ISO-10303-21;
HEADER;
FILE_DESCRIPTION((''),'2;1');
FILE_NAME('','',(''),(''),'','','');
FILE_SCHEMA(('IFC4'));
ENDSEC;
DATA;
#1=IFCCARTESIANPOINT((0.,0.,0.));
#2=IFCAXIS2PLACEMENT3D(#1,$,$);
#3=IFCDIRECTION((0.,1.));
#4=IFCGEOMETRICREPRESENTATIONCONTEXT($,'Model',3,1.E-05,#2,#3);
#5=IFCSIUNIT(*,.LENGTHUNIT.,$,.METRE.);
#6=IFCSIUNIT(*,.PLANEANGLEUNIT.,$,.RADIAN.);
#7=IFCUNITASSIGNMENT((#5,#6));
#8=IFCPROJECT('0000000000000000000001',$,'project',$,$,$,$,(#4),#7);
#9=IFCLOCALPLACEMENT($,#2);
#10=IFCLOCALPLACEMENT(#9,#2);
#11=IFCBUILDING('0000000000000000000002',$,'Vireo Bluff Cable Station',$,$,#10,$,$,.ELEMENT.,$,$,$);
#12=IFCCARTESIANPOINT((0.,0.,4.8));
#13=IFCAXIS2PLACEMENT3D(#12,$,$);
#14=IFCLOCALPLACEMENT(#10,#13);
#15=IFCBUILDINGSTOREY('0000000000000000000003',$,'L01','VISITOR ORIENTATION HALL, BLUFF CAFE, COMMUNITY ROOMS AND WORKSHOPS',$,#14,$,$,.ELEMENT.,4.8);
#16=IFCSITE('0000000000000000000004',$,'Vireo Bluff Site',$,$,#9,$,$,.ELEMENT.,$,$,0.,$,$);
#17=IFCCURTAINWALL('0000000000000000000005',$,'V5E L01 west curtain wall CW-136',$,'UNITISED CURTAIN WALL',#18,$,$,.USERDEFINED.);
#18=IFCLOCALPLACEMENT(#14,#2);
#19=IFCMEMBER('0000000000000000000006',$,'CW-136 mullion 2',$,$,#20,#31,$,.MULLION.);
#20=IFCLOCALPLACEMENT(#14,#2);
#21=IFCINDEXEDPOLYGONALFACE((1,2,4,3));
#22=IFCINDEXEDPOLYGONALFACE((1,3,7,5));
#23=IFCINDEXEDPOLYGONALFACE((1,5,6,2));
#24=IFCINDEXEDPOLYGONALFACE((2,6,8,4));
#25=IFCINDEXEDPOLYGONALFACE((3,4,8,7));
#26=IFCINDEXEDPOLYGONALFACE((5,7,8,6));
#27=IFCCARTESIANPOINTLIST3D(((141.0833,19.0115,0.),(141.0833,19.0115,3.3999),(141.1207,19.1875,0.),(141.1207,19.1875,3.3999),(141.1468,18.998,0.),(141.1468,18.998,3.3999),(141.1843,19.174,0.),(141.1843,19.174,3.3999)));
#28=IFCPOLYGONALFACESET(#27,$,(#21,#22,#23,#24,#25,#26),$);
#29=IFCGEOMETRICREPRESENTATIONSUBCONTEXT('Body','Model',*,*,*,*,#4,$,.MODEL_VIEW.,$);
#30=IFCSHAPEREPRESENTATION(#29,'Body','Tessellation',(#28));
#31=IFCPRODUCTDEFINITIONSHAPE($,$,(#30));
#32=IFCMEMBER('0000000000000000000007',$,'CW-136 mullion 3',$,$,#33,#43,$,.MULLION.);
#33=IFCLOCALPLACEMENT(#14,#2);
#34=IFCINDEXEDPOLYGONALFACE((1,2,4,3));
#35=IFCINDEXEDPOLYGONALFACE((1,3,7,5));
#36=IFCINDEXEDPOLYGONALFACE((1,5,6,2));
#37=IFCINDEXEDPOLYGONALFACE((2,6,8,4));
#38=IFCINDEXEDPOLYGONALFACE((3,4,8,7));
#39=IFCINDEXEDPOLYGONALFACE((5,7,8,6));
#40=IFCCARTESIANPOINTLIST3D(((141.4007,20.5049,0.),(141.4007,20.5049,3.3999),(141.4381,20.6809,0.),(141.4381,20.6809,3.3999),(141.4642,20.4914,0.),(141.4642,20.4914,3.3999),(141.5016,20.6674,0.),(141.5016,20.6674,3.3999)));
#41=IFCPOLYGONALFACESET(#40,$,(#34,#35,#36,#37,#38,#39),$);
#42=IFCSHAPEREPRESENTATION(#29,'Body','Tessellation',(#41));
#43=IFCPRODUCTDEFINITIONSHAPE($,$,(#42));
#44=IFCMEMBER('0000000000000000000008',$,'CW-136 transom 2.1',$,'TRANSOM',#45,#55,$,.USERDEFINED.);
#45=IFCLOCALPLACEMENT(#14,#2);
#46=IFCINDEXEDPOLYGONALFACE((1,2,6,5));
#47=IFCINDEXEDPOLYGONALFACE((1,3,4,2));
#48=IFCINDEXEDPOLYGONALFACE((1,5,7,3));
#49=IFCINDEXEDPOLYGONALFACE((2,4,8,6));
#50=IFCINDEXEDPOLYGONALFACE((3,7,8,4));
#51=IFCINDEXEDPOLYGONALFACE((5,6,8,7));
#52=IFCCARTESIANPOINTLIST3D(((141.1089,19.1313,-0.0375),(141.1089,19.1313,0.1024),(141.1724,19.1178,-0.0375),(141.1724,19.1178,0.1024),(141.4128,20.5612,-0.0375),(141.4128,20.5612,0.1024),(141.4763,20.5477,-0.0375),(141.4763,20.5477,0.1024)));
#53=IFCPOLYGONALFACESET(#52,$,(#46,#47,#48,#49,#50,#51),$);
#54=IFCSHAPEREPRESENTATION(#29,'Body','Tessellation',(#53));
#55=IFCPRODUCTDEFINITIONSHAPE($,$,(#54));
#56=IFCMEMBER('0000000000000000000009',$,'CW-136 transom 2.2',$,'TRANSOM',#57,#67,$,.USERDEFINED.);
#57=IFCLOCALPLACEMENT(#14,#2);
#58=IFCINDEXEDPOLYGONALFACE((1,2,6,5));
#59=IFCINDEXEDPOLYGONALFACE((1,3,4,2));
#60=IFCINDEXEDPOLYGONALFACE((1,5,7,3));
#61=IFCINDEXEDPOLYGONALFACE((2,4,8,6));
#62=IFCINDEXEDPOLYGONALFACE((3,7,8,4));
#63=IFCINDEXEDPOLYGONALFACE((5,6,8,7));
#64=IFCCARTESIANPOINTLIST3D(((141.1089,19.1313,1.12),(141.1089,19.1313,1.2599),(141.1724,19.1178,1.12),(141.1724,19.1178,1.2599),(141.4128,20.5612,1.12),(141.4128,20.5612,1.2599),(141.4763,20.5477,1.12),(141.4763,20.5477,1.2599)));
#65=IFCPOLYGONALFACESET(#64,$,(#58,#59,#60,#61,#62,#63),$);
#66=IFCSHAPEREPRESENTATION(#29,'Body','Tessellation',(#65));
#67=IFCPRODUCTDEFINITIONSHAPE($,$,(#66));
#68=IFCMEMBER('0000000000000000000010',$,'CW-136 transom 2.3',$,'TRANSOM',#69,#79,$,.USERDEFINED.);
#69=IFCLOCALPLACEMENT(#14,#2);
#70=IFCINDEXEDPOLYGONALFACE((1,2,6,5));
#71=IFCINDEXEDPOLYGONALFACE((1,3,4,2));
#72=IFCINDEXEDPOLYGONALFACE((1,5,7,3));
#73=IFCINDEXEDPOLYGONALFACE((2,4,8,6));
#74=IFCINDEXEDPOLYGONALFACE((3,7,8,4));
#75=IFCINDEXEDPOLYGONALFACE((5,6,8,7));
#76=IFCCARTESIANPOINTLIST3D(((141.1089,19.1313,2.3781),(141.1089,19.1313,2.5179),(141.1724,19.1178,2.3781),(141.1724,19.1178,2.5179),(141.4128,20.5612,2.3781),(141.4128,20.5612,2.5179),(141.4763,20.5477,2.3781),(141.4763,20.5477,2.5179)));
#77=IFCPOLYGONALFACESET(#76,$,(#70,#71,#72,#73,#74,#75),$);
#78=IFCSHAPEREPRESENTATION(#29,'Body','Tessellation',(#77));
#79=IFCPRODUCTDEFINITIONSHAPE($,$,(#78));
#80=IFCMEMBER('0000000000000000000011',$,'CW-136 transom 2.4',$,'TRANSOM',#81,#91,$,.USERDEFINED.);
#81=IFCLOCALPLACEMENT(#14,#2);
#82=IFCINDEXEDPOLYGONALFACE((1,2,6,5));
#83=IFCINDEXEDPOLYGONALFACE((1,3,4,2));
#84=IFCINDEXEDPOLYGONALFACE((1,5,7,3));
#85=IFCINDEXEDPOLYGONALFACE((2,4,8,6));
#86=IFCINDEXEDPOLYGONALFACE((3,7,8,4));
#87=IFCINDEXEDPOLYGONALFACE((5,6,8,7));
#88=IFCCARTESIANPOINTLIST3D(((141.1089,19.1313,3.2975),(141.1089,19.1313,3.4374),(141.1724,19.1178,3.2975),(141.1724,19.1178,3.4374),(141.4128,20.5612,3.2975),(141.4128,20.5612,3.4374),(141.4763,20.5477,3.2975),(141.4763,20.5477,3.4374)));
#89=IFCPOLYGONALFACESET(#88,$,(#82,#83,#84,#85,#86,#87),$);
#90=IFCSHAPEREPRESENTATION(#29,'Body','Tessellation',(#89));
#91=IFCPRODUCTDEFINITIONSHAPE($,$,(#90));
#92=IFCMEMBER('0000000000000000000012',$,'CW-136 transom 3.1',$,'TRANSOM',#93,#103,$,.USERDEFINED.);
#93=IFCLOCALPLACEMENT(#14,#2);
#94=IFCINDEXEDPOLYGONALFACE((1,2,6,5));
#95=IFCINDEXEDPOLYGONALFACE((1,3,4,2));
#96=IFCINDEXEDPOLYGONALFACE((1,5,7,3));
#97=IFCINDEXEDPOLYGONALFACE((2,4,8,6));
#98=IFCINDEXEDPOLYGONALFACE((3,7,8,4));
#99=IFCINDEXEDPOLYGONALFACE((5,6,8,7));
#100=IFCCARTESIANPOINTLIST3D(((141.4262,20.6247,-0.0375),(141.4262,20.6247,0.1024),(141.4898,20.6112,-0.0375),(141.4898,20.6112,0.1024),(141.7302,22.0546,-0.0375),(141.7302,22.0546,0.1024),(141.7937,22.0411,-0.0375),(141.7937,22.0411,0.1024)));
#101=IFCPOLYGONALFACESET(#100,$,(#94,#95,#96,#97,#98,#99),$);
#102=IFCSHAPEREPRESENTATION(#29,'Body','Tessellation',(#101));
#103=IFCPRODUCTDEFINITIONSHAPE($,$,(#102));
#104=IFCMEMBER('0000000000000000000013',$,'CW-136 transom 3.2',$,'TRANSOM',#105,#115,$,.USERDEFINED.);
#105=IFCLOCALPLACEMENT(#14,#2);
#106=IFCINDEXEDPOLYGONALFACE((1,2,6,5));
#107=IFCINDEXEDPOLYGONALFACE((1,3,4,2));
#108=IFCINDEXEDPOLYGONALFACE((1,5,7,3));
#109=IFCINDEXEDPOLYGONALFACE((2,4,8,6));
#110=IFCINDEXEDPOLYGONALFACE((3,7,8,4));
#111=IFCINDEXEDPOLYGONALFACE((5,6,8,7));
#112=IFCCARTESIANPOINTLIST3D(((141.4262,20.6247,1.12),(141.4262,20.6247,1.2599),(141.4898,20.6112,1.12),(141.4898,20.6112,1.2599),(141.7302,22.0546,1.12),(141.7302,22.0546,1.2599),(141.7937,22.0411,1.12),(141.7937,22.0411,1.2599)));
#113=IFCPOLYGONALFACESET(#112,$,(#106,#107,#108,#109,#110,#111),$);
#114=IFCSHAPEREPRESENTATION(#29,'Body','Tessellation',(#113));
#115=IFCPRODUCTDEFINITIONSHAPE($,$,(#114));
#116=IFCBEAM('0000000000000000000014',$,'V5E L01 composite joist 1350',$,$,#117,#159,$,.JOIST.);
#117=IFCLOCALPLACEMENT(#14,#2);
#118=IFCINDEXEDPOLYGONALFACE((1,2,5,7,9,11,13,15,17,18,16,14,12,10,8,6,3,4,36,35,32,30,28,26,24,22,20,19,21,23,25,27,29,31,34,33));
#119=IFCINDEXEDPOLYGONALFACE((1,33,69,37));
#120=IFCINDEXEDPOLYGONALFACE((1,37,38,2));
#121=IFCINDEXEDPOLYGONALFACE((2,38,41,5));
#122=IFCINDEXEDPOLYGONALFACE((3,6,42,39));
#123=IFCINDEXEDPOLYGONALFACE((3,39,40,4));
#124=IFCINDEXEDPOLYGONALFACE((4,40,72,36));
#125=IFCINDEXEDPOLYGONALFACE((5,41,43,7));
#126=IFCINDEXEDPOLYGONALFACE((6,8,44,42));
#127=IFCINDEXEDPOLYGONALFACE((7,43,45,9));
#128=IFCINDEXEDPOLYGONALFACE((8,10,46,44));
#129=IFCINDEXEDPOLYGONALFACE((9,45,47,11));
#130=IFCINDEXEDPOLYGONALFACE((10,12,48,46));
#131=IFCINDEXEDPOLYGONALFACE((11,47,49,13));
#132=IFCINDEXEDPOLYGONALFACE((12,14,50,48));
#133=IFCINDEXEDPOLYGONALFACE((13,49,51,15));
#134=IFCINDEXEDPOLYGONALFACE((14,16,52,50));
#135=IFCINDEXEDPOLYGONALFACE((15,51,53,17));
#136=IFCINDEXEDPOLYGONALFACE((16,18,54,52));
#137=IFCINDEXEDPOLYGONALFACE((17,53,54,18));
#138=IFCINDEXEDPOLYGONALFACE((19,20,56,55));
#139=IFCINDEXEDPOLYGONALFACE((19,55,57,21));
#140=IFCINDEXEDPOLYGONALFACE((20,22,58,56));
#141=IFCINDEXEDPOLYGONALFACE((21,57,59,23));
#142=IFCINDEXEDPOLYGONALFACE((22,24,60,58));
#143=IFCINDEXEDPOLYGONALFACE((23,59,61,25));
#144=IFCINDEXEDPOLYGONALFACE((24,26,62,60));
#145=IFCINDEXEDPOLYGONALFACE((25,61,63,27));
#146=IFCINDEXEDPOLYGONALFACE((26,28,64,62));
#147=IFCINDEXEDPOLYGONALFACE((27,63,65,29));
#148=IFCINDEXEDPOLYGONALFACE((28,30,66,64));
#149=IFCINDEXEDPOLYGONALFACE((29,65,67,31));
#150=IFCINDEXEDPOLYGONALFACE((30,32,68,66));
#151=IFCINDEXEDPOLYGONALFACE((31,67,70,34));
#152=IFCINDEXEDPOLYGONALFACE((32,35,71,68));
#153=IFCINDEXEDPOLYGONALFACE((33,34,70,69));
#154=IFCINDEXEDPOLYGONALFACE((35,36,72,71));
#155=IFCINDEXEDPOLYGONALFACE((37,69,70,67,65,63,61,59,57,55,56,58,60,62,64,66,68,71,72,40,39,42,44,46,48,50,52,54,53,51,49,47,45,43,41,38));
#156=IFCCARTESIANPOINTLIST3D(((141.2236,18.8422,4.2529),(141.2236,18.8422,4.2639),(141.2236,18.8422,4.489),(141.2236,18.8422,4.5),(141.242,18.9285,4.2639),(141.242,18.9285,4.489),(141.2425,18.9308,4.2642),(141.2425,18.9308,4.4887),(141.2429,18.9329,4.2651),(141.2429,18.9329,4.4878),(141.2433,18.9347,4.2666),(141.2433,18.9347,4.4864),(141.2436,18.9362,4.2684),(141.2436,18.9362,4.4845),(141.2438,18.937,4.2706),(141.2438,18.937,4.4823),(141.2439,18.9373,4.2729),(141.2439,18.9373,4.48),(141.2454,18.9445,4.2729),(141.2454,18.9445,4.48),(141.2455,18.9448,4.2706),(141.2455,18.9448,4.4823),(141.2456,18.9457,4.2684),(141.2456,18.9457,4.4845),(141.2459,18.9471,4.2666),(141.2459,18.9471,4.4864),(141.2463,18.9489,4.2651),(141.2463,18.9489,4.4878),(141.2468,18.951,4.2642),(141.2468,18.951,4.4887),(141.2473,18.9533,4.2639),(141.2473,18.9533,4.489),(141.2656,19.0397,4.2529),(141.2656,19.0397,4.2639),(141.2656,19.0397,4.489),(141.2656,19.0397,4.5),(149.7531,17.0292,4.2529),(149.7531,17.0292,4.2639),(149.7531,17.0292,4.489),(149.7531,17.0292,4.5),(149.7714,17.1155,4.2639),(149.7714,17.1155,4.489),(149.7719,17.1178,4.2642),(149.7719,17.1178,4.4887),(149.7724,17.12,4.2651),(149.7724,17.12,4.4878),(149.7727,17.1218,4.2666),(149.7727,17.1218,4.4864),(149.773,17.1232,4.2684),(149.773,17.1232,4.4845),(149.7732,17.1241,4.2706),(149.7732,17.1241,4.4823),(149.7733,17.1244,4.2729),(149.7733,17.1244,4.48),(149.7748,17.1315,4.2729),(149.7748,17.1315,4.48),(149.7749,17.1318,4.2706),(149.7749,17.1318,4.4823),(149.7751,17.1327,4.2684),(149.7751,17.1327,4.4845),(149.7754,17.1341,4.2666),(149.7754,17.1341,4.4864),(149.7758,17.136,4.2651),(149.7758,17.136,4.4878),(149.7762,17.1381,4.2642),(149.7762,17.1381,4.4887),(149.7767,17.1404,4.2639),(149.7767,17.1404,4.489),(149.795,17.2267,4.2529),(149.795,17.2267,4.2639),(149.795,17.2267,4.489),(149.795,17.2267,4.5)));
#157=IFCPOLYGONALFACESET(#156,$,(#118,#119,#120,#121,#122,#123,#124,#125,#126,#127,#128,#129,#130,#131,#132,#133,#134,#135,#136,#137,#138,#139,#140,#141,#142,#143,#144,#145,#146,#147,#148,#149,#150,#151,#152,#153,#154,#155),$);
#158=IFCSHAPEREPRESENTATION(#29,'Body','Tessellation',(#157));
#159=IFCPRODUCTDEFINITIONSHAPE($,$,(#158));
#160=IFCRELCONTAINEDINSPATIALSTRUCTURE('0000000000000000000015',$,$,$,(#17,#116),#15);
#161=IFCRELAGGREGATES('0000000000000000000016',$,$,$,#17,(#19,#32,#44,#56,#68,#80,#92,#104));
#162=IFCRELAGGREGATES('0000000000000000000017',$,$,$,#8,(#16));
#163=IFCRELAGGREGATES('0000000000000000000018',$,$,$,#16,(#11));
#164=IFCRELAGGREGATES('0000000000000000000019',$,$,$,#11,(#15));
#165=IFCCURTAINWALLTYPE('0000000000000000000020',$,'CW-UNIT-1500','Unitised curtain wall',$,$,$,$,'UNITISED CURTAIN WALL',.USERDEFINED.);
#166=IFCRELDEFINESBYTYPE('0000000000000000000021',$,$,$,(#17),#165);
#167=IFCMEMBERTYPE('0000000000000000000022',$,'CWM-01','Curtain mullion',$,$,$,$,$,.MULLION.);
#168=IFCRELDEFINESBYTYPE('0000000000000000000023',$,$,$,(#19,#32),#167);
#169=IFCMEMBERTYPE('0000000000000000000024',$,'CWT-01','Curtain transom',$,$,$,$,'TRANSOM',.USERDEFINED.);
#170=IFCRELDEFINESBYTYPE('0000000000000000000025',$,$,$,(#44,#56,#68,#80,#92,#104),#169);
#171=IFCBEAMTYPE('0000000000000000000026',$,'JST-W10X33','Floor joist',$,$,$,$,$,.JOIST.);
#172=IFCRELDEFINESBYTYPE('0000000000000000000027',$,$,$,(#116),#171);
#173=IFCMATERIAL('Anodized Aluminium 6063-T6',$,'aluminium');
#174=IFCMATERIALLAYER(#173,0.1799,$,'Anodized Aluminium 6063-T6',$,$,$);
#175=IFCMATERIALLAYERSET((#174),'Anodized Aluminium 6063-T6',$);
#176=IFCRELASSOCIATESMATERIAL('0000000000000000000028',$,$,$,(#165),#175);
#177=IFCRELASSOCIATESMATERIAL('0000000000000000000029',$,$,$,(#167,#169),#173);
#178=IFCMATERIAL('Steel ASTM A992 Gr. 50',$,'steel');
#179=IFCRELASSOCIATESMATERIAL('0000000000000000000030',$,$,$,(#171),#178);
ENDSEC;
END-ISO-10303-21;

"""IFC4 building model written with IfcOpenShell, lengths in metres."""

from ifc_helpers import new_model, si_unit, direction, frame, origin, origin_2d, place, context, subcontext, project, spatial, rectangle, i_section, extrude, material, layer, layer_set, material_profile, profile_set, type_object, element, aggregate, save


model = new_model("IFC4")

# Units and contexts
model_context = context("Model", 3, precision=1e-05, world=origin(), true_north=direction((0.0, 1.0)))
body_context = subcontext(model_context, "Body", "Model", "MODEL_VIEW")
ifc_project = project(units=[si_unit("LENGTHUNIT", "METRE"), si_unit("PLANEANGLEUNIT", "RADIAN")], contexts=[model_context])

# Site, building, storey
site_placement = place(None, origin())
site = spatial("IfcSite", under=ifc_project, at=site_placement, Name="Vireo Bluff Site", CompositionType="ELEMENT", RefElevation=0.0)
building_placement = place(site_placement, origin())
building = spatial("IfcBuilding", under=site, at=building_placement, Name="Vireo Bluff Cable Station", CompositionType="ELEMENT")
storey_placement = place(building_placement, frame((0.0, 0.0, 4.8)))
storey = spatial("IfcBuildingStorey", under=building, at=storey_placement, Name="L01", Description="VISITOR ORIENTATION HALL, BLUFF CAFE, COMMUNITY ROOMS AND WORKSHOPS", CompositionType="ELEMENT", Elevation=4.8)

# Shared definitions
ifc_material_1 = material(Name="Steel ASTM A992 Gr. 50", Category="steel")

# Curtain wall, members
ifc_material_2 = material(Name="Anodized Aluminium 6063-T6", Category="aluminium")
ifc_layer_1 = layer(ifc_material_2, 0.1799, Name="Anodized Aluminium 6063-T6")
ifc_layer_set_1 = layer_set([ifc_layer_1], Name="Anodized Aluminium 6063-T6")
curtain_wall_type = type_object("IfcCurtainWallType", Name="CW-UNIT-1500", Description="Unitised curtain wall", ElementType="UNITISED CURTAIN WALL", PredefinedType="USERDEFINED", material=ifc_layer_set_1)
curtain_wall_placement = place(storey_placement, origin())
curtain_wall = element("IfcCurtainWall", 1, at=curtain_wall_placement, inside=storey, type_object=curtain_wall_type, Name="V5E L01 west curtain wall CW-136", ObjectType="UNITISED CURTAIN WALL", PredefinedType="USERDEFINED")
ifc_material_profile_1 = material_profile(ifc_material_2, rectangle(XDim=0.0649, YDim=0.1799, at=origin_2d()), Name="ALU-M-65X180")
ifc_profile_set_1 = profile_set([ifc_material_profile_1], Name="Anodized Aluminium 6063-T6")
member_type_1 = type_object("IfcMemberType", Name="CWM-01", Description="Curtain mullion", PredefinedType="MULLION", material=ifc_profile_set_1)
member_1_placement = place(storey_placement, frame((141.1338, 19.0928, 0.0), z_axis=(0.0, 0.0, 1.0), x_axis=(-0.978148, 0.207912, 0.0)))
member_1 = element("IfcMember", 2, at=member_1_placement, type_object=member_type_1, Name="CW-136 mullion 2", PredefinedType="MULLION", context=body_context, shape_type="SweptSolid", body=[
    extrude(rectangle(XDim=0.0649, YDim=0.1799, at=origin_2d()), origin(), (0.0, 0.0, 1.0), 3.3999),
])
member_2_placement = place(storey_placement, frame((141.4512, 20.5862, 0.0), z_axis=(0.0, 0.0, 1.0), x_axis=(-0.978148, 0.207912, 0.0)))
member_2 = element("IfcMember", 3, at=member_2_placement, type_object=member_type_1, Name="CW-136 mullion 3", PredefinedType="MULLION", context=body_context, shape_type="SweptSolid", body=[
    extrude(rectangle(XDim=0.0649, YDim=0.1799, at=origin_2d()), origin(), (0.0, 0.0, 1.0), 3.3999),
])
ifc_material_profile_2 = material_profile(ifc_material_2, rectangle(XDim=0.0649, YDim=0.1399, at=origin_2d()), Name="ALU-T-65X140")
ifc_profile_set_2 = profile_set([ifc_material_profile_2], Name="Anodized Aluminium 6063-T6")
member_type_2 = type_object("IfcMemberType", Name="CWT-01", Description="Curtain transom", ElementType="TRANSOM", PredefinedType="USERDEFINED", material=ifc_profile_set_2)
member_3_placement = place(storey_placement, frame((141.1406, 19.1245, 0.0325), z_axis=(0.207921, 0.978146, 0.0), x_axis=(-0.978146, 0.207921, 0.0)))
member_3 = element("IfcMember", 4, at=member_3_placement, type_object=member_type_2, Name="CW-136 transom 2.1", ObjectType="TRANSOM", PredefinedType="USERDEFINED", context=body_context, shape_type="SweptSolid", body=[
    extrude(rectangle(XDim=0.0649, YDim=0.1399, at=origin_2d()), origin(), (0.0, 0.0, 1.0), 1.4619),
])
member_4_placement = place(storey_placement, frame((141.1406, 19.1245, 1.1899), z_axis=(0.207921, 0.978146, 0.0), x_axis=(-0.978146, 0.207921, 0.0)))
member_4 = element("IfcMember", 5, at=member_4_placement, type_object=member_type_2, Name="CW-136 transom 2.2", ObjectType="TRANSOM", PredefinedType="USERDEFINED", context=body_context, shape_type="SweptSolid", body=[
    extrude(rectangle(XDim=0.0649, YDim=0.1399, at=origin_2d()), origin(), (0.0, 0.0, 1.0), 1.4619),
])
member_5_placement = place(storey_placement, frame((141.1406, 19.1245, 2.448), z_axis=(0.207921, 0.978146, 0.0), x_axis=(-0.978146, 0.207921, 0.0)))
member_5 = element("IfcMember", 6, at=member_5_placement, type_object=member_type_2, Name="CW-136 transom 2.3", ObjectType="TRANSOM", PredefinedType="USERDEFINED", context=body_context, shape_type="SweptSolid", body=[
    extrude(rectangle(XDim=0.0649, YDim=0.1399, at=origin_2d()), origin(), (0.0, 0.0, 1.0), 1.4619),
])
member_6_placement = place(storey_placement, frame((141.1406, 19.1245, 3.3674), z_axis=(0.207921, 0.978146, 0.0), x_axis=(-0.978146, 0.207921, 0.0)))
member_6 = element("IfcMember", 7, at=member_6_placement, type_object=member_type_2, Name="CW-136 transom 2.4", ObjectType="TRANSOM", PredefinedType="USERDEFINED", context=body_context, shape_type="SweptSolid", body=[
    extrude(rectangle(XDim=0.0649, YDim=0.1399, at=origin_2d()), origin(), (0.0, 0.0, 1.0), 1.4619),
])
member_7_placement = place(storey_placement, frame((141.458, 20.6179, 0.0325), z_axis=(0.207921, 0.978146, 0.0), x_axis=(-0.978146, 0.207921, 0.0)))
member_7 = element("IfcMember", 8, at=member_7_placement, type_object=member_type_2, Name="CW-136 transom 3.1", ObjectType="TRANSOM", PredefinedType="USERDEFINED", context=body_context, shape_type="SweptSolid", body=[
    extrude(rectangle(XDim=0.0649, YDim=0.1399, at=origin_2d()), origin(), (0.0, 0.0, 1.0), 1.4619),
])
member_8_placement = place(storey_placement, frame((141.458, 20.6179, 1.1899), z_axis=(0.207921, 0.978146, 0.0), x_axis=(-0.978146, 0.207921, 0.0)))
member_8 = element("IfcMember", 9, at=member_8_placement, type_object=member_type_2, Name="CW-136 transom 3.2", ObjectType="TRANSOM", PredefinedType="USERDEFINED", context=body_context, shape_type="SweptSolid", body=[
    extrude(rectangle(XDim=0.0649, YDim=0.1399, at=origin_2d()), origin(), (0.0, 0.0, 1.0), 1.4619),
])

# Beam
ifc_material_profile_3 = material_profile(ifc_material_1, i_section(OverallWidth=0.2019, OverallDepth=0.2471, WebThickness=0.0073, FlangeThickness=0.011, FilletRadius=0.009, at=origin_2d()), Name="W10X33")
ifc_profile_set_3 = profile_set([ifc_material_profile_3], Name="Steel ASTM A992 Gr. 50")
beam_type_1 = type_object("IfcBeamType", Name="JST-W10X33", Description="Floor joist", PredefinedType="JOIST", material=ifc_profile_set_3)
beam_1_placement = place(storey_placement, frame((141.2446, 18.9409, 4.3765), z_axis=(0.978148, -0.207909, 0.0), x_axis=(0.207909, 0.978148, 0.0)))
element("IfcBeam", 10, at=beam_1_placement, inside=storey, type_object=beam_type_1, Name="V5E L01 composite joist 1350", PredefinedType="JOIST", context=body_context, shape_type="SweptSolid", body=[
    extrude(i_section(OverallWidth=0.2019, OverallDepth=0.2471, WebThickness=0.0073, FlangeThickness=0.011, FilletRadius=0.009, at=origin_2d()), origin(), (0.0, 0.0, 1.0), 8.72),
])

aggregate(curtain_wall, [member_1, member_2, member_3, member_4, member_5, member_6, member_7, member_8])

save(model, "model.ifc")
